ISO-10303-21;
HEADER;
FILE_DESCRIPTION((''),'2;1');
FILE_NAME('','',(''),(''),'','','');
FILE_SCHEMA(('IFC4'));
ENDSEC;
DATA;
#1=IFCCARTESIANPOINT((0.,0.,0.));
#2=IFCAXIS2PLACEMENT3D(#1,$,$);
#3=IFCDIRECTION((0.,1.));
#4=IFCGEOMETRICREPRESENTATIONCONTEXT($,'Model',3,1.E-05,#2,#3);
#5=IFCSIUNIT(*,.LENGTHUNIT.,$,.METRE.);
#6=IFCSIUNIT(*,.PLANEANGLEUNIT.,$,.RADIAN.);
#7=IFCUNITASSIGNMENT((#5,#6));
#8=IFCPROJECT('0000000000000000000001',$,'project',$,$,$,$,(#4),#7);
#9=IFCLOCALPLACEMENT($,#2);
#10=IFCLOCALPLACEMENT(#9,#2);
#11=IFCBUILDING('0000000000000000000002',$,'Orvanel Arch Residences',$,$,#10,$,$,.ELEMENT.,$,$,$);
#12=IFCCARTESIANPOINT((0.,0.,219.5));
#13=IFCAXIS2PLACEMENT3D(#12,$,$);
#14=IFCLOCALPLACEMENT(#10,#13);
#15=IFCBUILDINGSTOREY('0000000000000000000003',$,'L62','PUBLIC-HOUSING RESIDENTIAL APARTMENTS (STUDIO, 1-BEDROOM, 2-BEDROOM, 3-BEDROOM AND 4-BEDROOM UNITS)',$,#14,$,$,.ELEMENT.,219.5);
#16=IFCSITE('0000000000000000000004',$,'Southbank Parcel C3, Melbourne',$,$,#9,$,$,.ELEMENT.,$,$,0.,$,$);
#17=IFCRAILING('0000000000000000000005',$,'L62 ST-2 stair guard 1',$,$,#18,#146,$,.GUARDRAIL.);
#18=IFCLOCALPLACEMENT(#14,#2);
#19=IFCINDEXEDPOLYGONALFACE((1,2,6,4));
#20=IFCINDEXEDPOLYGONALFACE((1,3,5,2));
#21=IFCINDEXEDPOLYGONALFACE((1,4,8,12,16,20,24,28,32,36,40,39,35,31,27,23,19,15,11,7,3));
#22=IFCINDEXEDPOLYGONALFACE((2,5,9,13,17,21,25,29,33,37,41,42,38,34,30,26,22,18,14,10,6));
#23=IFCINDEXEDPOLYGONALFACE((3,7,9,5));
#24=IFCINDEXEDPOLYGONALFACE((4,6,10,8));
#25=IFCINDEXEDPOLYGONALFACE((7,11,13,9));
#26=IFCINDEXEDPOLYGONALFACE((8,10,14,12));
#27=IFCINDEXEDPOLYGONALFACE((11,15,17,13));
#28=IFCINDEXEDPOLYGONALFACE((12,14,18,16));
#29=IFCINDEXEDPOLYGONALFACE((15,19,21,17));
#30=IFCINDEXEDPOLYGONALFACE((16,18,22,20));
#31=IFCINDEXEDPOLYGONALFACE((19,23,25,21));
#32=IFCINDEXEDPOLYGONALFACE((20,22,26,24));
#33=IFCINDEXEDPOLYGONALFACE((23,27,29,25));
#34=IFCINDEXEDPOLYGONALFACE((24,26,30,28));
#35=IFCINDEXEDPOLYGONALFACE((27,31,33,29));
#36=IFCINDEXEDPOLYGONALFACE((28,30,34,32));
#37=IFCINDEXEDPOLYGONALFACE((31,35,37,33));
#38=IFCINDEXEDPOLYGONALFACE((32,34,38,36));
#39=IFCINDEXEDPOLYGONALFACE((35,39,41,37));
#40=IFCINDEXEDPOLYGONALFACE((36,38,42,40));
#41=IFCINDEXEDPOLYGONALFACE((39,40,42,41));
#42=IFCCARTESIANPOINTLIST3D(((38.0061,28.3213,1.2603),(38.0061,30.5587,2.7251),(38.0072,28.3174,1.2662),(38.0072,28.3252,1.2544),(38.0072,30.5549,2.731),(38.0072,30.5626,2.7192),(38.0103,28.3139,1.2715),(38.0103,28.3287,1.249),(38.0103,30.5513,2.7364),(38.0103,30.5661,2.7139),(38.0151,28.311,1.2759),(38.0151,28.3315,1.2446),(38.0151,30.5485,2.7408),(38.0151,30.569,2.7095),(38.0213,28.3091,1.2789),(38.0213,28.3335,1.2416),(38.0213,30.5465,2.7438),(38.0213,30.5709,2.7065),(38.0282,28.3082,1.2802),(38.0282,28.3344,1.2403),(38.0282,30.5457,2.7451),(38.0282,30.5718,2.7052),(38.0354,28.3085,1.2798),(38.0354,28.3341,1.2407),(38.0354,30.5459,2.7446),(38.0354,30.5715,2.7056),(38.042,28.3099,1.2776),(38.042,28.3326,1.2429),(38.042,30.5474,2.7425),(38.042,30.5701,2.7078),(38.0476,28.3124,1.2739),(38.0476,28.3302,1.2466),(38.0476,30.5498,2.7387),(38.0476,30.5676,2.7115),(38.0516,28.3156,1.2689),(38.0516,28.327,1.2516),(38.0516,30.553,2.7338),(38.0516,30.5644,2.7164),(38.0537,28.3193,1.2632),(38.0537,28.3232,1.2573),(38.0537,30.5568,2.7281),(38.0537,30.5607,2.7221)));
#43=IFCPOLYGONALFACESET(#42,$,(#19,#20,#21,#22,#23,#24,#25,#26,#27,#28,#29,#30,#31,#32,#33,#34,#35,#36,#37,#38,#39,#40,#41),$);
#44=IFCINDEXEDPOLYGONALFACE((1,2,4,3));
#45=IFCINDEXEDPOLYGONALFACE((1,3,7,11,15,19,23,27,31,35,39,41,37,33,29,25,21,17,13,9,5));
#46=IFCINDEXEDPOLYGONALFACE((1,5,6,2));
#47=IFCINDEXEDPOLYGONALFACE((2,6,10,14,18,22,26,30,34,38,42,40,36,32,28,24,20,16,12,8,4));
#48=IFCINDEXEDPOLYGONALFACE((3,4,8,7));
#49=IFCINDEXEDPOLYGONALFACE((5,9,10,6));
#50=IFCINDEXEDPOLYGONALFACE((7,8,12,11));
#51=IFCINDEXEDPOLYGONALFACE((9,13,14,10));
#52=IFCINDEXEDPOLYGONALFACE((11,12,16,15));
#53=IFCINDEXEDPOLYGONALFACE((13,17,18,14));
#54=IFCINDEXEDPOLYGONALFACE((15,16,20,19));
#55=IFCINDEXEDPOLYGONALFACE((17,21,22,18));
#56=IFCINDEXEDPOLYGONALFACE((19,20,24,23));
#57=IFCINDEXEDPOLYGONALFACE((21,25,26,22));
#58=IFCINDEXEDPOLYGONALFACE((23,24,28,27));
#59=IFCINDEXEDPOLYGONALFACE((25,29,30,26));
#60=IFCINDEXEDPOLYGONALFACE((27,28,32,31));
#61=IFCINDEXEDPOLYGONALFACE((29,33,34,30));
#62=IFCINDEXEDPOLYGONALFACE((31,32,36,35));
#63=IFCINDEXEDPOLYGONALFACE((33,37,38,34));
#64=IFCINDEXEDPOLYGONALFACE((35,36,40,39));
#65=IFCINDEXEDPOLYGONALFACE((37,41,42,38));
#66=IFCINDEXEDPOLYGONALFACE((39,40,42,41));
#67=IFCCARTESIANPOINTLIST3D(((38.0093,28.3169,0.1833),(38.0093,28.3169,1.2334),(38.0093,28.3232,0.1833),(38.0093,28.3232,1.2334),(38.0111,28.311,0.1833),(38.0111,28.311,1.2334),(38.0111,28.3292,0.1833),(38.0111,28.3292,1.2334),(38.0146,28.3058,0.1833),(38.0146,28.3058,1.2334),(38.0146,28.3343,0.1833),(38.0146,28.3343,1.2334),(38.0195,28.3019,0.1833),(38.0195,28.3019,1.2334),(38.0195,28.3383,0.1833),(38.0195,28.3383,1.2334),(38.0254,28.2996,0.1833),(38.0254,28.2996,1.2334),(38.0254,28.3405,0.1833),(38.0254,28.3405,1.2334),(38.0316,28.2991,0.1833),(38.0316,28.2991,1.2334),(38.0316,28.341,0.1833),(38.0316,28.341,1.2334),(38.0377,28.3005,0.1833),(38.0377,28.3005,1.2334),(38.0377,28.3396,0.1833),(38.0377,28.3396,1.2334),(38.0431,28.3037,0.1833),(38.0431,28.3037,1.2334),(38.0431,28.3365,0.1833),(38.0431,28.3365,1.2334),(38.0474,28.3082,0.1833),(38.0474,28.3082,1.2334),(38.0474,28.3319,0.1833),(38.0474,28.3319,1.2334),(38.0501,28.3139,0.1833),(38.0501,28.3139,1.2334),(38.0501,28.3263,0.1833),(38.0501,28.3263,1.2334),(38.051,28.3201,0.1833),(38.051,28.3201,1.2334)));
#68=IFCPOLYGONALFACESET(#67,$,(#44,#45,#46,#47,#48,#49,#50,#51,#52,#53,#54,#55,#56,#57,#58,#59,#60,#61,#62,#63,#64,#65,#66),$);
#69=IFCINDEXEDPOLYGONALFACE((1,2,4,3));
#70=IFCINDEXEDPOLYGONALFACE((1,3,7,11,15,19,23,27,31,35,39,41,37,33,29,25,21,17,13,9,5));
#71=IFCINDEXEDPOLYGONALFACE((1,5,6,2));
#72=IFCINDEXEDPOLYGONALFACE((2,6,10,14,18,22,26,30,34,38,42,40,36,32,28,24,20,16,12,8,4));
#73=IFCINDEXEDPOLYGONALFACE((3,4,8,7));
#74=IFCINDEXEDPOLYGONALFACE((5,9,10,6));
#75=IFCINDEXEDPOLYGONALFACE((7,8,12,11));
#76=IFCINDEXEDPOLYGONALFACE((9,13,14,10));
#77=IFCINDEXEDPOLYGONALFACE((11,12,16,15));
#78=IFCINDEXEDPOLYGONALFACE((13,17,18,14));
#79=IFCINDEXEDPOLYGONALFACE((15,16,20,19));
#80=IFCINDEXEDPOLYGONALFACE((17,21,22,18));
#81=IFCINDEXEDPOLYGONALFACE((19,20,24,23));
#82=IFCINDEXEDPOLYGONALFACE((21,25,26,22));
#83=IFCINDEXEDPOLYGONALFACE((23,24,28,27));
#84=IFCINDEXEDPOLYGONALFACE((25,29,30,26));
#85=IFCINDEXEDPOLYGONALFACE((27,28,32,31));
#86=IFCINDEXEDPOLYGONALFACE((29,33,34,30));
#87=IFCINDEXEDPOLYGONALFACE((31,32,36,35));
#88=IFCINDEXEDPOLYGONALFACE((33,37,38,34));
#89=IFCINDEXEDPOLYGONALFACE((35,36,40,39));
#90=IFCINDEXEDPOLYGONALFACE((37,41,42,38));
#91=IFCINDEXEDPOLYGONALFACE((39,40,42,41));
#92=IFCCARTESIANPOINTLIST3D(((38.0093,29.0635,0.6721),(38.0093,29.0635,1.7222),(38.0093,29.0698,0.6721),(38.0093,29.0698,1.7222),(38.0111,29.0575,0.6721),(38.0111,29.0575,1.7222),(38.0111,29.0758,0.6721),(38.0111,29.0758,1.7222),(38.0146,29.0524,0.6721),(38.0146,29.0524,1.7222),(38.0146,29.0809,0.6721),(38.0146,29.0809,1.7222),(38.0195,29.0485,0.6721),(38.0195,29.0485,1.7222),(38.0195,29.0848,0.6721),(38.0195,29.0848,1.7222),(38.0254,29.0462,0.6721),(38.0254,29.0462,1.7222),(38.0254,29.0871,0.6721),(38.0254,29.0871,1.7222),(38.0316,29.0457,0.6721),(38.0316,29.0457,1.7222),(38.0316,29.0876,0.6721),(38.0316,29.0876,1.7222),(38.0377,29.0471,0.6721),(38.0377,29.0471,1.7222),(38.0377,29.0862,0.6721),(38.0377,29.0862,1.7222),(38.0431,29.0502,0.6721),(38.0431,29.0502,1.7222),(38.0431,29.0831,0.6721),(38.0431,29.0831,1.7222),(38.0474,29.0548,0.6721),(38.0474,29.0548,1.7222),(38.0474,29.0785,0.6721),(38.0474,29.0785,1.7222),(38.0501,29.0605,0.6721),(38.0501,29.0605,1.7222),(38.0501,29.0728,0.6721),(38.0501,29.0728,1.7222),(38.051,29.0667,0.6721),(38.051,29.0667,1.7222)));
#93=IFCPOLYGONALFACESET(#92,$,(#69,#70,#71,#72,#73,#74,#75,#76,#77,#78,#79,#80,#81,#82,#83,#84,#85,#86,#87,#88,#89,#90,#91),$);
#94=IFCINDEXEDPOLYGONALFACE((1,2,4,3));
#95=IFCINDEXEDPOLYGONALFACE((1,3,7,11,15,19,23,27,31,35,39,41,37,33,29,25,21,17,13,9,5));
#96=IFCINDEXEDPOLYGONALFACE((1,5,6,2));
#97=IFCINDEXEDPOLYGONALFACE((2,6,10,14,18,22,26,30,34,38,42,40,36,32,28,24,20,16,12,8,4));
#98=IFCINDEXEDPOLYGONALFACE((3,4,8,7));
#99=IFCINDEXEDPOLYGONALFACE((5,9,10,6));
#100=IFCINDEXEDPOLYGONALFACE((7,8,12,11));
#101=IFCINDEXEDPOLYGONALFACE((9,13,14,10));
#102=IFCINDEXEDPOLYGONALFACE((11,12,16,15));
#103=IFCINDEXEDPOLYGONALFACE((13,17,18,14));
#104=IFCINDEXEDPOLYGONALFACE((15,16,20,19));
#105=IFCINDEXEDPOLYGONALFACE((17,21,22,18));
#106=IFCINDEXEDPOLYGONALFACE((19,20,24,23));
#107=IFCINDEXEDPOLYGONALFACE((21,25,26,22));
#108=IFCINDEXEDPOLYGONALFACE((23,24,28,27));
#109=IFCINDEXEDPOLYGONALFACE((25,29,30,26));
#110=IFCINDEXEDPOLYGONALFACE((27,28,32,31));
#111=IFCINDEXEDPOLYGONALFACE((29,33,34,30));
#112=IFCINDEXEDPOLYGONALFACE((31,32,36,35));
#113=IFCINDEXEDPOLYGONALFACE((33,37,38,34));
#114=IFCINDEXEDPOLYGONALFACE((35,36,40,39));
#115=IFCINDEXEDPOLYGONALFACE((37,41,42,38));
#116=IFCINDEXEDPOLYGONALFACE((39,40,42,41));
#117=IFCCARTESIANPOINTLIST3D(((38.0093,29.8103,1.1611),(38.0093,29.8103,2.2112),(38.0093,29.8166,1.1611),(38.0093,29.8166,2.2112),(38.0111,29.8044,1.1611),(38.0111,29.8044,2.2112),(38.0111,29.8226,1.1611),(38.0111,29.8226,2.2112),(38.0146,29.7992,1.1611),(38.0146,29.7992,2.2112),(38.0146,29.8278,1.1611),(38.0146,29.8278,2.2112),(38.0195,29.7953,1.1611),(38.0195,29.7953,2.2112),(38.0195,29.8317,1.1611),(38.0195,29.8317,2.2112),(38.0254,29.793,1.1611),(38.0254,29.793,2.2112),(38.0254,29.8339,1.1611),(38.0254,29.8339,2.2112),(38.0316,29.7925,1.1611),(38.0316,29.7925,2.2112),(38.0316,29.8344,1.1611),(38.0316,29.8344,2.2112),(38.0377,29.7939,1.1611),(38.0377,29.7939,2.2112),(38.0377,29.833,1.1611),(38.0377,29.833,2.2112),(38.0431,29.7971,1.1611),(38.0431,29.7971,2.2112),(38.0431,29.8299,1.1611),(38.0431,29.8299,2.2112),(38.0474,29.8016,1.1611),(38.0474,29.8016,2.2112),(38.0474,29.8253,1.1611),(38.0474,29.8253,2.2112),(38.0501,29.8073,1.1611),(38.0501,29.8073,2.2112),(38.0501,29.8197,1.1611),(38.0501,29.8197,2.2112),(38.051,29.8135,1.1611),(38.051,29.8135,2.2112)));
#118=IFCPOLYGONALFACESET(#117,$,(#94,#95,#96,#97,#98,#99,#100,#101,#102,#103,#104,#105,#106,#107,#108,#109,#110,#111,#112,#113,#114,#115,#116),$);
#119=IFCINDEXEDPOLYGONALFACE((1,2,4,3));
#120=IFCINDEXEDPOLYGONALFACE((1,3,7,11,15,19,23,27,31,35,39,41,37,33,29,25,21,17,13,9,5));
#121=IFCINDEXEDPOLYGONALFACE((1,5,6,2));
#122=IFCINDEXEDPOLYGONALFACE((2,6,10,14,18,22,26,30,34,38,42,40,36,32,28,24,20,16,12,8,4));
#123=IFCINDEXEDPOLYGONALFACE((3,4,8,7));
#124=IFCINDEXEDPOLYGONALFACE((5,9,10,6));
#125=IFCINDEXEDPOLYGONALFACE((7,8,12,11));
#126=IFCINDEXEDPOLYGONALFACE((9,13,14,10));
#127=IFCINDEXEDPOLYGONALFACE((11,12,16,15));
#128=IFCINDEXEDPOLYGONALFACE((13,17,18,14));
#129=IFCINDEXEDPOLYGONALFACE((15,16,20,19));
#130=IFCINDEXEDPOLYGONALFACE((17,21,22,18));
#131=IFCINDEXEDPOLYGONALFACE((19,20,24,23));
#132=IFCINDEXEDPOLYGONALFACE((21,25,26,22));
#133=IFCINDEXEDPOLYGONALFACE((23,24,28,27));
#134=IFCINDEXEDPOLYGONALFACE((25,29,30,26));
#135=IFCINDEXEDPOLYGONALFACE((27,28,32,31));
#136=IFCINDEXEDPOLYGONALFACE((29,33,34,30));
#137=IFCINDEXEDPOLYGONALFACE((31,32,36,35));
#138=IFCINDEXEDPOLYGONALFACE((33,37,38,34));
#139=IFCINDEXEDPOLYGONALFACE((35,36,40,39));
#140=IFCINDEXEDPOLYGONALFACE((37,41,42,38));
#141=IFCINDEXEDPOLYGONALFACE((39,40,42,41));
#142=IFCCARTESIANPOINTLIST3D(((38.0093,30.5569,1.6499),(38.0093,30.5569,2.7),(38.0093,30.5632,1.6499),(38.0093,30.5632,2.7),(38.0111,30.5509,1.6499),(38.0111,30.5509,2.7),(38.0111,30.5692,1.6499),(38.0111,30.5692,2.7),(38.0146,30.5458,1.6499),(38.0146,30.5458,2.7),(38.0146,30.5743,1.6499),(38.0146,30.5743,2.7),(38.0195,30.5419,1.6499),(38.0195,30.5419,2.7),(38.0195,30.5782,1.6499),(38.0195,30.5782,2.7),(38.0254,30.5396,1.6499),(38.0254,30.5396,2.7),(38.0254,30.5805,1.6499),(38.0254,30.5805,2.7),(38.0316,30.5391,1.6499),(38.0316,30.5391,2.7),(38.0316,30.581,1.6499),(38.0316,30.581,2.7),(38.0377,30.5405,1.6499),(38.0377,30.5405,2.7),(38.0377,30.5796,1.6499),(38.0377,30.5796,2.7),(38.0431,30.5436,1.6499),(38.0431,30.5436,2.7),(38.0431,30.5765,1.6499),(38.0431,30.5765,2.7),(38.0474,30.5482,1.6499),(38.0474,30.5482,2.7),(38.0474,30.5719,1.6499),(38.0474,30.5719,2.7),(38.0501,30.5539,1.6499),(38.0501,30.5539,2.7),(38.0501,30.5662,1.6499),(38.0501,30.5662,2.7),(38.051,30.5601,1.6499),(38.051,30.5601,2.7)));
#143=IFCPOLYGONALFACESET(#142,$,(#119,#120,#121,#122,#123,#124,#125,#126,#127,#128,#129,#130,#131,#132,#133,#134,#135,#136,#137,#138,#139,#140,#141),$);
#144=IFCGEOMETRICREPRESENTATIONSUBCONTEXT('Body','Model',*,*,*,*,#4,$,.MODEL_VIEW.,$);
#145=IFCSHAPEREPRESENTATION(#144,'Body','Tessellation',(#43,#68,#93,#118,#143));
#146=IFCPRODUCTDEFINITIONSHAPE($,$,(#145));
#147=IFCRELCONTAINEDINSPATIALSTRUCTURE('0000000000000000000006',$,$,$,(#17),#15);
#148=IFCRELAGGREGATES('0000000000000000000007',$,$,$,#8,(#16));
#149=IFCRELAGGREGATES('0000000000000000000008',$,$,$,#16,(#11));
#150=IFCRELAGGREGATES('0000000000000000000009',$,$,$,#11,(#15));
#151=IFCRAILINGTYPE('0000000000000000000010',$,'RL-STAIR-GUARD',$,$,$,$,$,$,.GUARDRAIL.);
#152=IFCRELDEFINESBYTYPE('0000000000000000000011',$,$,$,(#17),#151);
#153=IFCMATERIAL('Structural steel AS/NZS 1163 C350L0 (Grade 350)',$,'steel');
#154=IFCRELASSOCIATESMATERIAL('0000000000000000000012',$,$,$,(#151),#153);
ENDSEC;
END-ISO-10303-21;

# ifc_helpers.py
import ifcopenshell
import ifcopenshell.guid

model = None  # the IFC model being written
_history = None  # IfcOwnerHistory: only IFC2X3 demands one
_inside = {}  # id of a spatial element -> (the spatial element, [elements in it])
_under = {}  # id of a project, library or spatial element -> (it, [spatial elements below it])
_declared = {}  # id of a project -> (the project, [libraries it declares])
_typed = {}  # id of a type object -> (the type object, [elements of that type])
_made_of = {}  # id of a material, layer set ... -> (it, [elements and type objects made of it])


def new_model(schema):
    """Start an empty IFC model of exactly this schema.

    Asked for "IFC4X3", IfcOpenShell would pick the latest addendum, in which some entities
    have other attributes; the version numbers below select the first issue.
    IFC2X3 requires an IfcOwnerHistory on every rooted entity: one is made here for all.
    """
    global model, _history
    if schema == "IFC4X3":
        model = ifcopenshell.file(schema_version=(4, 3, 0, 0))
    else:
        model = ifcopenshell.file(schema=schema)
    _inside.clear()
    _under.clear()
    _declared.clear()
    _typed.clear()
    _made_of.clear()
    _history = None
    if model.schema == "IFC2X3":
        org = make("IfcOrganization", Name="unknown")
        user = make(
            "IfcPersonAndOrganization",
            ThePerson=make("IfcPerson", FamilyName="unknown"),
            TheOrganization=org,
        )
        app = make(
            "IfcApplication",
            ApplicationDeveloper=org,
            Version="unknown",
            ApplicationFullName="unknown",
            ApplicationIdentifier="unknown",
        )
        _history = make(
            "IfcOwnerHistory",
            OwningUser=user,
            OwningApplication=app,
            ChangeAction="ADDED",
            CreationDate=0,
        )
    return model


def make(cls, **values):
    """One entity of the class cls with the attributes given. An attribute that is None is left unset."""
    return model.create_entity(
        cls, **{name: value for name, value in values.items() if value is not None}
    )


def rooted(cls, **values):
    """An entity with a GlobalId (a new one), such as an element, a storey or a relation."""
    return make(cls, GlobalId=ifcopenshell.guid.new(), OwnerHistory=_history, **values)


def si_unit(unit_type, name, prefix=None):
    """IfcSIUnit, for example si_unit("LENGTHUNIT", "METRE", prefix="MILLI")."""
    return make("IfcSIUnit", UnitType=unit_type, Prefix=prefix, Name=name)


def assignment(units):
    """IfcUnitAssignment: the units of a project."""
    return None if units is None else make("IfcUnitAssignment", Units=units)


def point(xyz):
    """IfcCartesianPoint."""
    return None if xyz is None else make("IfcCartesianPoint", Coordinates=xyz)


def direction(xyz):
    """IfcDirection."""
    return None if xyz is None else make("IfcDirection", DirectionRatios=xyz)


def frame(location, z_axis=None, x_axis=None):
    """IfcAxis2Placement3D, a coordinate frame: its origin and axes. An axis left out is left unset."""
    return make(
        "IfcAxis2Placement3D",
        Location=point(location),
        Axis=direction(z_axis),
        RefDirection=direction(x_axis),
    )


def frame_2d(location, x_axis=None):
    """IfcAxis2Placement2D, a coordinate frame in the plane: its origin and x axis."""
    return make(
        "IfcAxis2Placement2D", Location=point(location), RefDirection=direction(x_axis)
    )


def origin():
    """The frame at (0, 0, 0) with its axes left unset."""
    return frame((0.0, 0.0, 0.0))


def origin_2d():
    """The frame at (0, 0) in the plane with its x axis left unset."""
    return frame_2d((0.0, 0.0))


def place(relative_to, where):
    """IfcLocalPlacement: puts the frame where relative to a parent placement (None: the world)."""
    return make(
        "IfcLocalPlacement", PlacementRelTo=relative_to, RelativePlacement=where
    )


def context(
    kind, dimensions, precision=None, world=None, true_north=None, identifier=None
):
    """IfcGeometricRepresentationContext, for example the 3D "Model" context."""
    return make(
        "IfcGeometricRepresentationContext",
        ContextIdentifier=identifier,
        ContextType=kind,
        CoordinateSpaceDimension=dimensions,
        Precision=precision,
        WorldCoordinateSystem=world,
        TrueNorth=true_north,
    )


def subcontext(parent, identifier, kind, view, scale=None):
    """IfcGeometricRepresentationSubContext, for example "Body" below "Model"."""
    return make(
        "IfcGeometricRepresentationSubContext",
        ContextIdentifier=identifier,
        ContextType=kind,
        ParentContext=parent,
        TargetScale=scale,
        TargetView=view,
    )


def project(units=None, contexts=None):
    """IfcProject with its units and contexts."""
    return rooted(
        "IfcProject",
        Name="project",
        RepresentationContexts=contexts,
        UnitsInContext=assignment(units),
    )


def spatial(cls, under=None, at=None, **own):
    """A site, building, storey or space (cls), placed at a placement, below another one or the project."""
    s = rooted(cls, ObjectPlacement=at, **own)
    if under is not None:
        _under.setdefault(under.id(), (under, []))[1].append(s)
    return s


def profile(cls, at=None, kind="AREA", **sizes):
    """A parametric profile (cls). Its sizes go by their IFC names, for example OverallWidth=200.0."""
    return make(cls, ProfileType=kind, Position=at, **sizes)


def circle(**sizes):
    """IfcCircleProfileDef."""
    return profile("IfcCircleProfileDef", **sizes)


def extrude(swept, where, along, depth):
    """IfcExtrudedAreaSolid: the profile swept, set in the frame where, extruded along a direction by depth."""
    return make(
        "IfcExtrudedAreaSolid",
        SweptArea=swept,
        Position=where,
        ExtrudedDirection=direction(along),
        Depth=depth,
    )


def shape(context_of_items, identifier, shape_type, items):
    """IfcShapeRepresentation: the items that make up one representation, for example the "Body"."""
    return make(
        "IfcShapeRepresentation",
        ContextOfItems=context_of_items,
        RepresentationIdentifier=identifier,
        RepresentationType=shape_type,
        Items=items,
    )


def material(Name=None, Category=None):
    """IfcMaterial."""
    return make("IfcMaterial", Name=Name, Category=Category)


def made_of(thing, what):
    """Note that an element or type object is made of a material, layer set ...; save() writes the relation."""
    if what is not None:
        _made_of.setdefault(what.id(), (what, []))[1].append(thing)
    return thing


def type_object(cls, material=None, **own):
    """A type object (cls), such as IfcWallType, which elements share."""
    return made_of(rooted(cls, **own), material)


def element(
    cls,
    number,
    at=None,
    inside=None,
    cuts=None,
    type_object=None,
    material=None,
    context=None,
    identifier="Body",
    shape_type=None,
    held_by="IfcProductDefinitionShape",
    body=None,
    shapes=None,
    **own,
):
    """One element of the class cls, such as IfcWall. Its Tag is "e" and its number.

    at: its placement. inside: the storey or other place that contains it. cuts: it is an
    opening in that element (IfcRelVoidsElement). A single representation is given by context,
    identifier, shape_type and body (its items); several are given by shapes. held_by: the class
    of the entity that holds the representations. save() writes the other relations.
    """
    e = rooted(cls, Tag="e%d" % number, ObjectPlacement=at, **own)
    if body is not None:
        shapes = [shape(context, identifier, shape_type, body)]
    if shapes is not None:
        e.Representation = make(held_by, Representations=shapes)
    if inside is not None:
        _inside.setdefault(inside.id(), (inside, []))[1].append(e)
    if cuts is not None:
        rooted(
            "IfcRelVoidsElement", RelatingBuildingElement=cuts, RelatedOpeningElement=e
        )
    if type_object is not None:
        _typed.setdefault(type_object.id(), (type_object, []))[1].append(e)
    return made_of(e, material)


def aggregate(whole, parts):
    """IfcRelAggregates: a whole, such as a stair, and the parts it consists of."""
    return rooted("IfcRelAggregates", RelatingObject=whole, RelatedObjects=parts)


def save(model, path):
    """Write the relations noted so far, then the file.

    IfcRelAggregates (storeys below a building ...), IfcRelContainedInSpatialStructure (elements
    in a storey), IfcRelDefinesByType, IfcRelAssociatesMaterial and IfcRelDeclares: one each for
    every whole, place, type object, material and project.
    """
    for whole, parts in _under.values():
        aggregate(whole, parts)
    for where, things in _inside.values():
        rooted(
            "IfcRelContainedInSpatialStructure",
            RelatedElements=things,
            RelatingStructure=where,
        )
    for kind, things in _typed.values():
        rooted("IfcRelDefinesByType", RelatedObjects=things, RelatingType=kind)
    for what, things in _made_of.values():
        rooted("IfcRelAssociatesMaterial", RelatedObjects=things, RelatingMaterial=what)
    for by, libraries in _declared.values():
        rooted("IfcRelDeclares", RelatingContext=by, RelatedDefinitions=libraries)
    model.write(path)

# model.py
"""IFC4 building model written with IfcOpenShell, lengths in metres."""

from ifc_helpers import new_model, si_unit, direction, frame, origin, origin_2d, place, context, subcontext, project, spatial, circle, extrude, material, type_object, element, save


model = new_model("IFC4")

# Units and contexts
model_context = context("Model", 3, precision=1e-05, world=origin(), true_north=direction((0.0, 1.0)))
body_context = subcontext(model_context, "Body", "Model", "MODEL_VIEW")
ifc_project = project(units=[si_unit("LENGTHUNIT", "METRE"), si_unit("PLANEANGLEUNIT", "RADIAN")], contexts=[model_context])

# Site, building, storey
site_placement = place(None, origin())
site = spatial("IfcSite", under=ifc_project, at=site_placement, Name="Southbank Parcel C3, Melbourne", CompositionType="ELEMENT", RefElevation=0.0)
building_placement = place(site_placement, origin())
building = spatial("IfcBuilding", under=site, at=building_placement, Name="Orvanel Arch Residences", CompositionType="ELEMENT")
storey_placement = place(building_placement, frame((0.0, 0.0, 219.5)))
storey = spatial("IfcBuildingStorey", under=building, at=storey_placement, Name="L62", Description="PUBLIC-HOUSING RESIDENTIAL APARTMENTS (STUDIO, 1-BEDROOM, 2-BEDROOM, 3-BEDROOM AND 4-BEDROOM UNITS)", CompositionType="ELEMENT", Elevation=219.5)

# Railing
ifc_material_1 = material(Name="Structural steel AS/NZS 1163 C350L0 (Grade 350)", Category="steel")
railing_type_1 = type_object("IfcRailingType", Name="RL-STAIR-GUARD", PredefinedType="GUARDRAIL", material=ifc_material_1)
railing_1_placement = place(storey_placement, frame((38.03, 28.3201, 0.1833)))
element("IfcRailing", 1, at=railing_1_placement, inside=storey, type_object=railing_type_1, Name="L62 ST-2 stair guard 1", PredefinedType="GUARDRAIL", context=body_context, shape_type="SweptSolid", body=[
    extrude(circle(Radius=0.0239, at=origin_2d()), frame((0.0, 0.0012, 1.0769), z_axis=(0.0, 0.836637, 0.547758), x_axis=(-1.0, 0.0, 0.0)), (0.0, 0.0, 1.0), 2.6743),
    extrude(circle(Radius=0.021, at=origin_2d()), origin(), (0.0, 0.0, 1.0), 1.05),
    extrude(circle(Radius=0.021, at=origin_2d()), frame((0.0, 0.7466, 0.4888)), (0.0, 0.0, 1.0), 1.05),
    extrude(circle(Radius=0.021, at=origin_2d()), frame((0.0, 1.4934, 0.9778)), (0.0, 0.0, 1.0), 1.05),
    extrude(circle(Radius=0.021, at=origin_2d()), frame((0.0, 2.24, 1.4666)), (0.0, 0.0, 1.0), 1.05),
])

save(model, "model.ifc")
